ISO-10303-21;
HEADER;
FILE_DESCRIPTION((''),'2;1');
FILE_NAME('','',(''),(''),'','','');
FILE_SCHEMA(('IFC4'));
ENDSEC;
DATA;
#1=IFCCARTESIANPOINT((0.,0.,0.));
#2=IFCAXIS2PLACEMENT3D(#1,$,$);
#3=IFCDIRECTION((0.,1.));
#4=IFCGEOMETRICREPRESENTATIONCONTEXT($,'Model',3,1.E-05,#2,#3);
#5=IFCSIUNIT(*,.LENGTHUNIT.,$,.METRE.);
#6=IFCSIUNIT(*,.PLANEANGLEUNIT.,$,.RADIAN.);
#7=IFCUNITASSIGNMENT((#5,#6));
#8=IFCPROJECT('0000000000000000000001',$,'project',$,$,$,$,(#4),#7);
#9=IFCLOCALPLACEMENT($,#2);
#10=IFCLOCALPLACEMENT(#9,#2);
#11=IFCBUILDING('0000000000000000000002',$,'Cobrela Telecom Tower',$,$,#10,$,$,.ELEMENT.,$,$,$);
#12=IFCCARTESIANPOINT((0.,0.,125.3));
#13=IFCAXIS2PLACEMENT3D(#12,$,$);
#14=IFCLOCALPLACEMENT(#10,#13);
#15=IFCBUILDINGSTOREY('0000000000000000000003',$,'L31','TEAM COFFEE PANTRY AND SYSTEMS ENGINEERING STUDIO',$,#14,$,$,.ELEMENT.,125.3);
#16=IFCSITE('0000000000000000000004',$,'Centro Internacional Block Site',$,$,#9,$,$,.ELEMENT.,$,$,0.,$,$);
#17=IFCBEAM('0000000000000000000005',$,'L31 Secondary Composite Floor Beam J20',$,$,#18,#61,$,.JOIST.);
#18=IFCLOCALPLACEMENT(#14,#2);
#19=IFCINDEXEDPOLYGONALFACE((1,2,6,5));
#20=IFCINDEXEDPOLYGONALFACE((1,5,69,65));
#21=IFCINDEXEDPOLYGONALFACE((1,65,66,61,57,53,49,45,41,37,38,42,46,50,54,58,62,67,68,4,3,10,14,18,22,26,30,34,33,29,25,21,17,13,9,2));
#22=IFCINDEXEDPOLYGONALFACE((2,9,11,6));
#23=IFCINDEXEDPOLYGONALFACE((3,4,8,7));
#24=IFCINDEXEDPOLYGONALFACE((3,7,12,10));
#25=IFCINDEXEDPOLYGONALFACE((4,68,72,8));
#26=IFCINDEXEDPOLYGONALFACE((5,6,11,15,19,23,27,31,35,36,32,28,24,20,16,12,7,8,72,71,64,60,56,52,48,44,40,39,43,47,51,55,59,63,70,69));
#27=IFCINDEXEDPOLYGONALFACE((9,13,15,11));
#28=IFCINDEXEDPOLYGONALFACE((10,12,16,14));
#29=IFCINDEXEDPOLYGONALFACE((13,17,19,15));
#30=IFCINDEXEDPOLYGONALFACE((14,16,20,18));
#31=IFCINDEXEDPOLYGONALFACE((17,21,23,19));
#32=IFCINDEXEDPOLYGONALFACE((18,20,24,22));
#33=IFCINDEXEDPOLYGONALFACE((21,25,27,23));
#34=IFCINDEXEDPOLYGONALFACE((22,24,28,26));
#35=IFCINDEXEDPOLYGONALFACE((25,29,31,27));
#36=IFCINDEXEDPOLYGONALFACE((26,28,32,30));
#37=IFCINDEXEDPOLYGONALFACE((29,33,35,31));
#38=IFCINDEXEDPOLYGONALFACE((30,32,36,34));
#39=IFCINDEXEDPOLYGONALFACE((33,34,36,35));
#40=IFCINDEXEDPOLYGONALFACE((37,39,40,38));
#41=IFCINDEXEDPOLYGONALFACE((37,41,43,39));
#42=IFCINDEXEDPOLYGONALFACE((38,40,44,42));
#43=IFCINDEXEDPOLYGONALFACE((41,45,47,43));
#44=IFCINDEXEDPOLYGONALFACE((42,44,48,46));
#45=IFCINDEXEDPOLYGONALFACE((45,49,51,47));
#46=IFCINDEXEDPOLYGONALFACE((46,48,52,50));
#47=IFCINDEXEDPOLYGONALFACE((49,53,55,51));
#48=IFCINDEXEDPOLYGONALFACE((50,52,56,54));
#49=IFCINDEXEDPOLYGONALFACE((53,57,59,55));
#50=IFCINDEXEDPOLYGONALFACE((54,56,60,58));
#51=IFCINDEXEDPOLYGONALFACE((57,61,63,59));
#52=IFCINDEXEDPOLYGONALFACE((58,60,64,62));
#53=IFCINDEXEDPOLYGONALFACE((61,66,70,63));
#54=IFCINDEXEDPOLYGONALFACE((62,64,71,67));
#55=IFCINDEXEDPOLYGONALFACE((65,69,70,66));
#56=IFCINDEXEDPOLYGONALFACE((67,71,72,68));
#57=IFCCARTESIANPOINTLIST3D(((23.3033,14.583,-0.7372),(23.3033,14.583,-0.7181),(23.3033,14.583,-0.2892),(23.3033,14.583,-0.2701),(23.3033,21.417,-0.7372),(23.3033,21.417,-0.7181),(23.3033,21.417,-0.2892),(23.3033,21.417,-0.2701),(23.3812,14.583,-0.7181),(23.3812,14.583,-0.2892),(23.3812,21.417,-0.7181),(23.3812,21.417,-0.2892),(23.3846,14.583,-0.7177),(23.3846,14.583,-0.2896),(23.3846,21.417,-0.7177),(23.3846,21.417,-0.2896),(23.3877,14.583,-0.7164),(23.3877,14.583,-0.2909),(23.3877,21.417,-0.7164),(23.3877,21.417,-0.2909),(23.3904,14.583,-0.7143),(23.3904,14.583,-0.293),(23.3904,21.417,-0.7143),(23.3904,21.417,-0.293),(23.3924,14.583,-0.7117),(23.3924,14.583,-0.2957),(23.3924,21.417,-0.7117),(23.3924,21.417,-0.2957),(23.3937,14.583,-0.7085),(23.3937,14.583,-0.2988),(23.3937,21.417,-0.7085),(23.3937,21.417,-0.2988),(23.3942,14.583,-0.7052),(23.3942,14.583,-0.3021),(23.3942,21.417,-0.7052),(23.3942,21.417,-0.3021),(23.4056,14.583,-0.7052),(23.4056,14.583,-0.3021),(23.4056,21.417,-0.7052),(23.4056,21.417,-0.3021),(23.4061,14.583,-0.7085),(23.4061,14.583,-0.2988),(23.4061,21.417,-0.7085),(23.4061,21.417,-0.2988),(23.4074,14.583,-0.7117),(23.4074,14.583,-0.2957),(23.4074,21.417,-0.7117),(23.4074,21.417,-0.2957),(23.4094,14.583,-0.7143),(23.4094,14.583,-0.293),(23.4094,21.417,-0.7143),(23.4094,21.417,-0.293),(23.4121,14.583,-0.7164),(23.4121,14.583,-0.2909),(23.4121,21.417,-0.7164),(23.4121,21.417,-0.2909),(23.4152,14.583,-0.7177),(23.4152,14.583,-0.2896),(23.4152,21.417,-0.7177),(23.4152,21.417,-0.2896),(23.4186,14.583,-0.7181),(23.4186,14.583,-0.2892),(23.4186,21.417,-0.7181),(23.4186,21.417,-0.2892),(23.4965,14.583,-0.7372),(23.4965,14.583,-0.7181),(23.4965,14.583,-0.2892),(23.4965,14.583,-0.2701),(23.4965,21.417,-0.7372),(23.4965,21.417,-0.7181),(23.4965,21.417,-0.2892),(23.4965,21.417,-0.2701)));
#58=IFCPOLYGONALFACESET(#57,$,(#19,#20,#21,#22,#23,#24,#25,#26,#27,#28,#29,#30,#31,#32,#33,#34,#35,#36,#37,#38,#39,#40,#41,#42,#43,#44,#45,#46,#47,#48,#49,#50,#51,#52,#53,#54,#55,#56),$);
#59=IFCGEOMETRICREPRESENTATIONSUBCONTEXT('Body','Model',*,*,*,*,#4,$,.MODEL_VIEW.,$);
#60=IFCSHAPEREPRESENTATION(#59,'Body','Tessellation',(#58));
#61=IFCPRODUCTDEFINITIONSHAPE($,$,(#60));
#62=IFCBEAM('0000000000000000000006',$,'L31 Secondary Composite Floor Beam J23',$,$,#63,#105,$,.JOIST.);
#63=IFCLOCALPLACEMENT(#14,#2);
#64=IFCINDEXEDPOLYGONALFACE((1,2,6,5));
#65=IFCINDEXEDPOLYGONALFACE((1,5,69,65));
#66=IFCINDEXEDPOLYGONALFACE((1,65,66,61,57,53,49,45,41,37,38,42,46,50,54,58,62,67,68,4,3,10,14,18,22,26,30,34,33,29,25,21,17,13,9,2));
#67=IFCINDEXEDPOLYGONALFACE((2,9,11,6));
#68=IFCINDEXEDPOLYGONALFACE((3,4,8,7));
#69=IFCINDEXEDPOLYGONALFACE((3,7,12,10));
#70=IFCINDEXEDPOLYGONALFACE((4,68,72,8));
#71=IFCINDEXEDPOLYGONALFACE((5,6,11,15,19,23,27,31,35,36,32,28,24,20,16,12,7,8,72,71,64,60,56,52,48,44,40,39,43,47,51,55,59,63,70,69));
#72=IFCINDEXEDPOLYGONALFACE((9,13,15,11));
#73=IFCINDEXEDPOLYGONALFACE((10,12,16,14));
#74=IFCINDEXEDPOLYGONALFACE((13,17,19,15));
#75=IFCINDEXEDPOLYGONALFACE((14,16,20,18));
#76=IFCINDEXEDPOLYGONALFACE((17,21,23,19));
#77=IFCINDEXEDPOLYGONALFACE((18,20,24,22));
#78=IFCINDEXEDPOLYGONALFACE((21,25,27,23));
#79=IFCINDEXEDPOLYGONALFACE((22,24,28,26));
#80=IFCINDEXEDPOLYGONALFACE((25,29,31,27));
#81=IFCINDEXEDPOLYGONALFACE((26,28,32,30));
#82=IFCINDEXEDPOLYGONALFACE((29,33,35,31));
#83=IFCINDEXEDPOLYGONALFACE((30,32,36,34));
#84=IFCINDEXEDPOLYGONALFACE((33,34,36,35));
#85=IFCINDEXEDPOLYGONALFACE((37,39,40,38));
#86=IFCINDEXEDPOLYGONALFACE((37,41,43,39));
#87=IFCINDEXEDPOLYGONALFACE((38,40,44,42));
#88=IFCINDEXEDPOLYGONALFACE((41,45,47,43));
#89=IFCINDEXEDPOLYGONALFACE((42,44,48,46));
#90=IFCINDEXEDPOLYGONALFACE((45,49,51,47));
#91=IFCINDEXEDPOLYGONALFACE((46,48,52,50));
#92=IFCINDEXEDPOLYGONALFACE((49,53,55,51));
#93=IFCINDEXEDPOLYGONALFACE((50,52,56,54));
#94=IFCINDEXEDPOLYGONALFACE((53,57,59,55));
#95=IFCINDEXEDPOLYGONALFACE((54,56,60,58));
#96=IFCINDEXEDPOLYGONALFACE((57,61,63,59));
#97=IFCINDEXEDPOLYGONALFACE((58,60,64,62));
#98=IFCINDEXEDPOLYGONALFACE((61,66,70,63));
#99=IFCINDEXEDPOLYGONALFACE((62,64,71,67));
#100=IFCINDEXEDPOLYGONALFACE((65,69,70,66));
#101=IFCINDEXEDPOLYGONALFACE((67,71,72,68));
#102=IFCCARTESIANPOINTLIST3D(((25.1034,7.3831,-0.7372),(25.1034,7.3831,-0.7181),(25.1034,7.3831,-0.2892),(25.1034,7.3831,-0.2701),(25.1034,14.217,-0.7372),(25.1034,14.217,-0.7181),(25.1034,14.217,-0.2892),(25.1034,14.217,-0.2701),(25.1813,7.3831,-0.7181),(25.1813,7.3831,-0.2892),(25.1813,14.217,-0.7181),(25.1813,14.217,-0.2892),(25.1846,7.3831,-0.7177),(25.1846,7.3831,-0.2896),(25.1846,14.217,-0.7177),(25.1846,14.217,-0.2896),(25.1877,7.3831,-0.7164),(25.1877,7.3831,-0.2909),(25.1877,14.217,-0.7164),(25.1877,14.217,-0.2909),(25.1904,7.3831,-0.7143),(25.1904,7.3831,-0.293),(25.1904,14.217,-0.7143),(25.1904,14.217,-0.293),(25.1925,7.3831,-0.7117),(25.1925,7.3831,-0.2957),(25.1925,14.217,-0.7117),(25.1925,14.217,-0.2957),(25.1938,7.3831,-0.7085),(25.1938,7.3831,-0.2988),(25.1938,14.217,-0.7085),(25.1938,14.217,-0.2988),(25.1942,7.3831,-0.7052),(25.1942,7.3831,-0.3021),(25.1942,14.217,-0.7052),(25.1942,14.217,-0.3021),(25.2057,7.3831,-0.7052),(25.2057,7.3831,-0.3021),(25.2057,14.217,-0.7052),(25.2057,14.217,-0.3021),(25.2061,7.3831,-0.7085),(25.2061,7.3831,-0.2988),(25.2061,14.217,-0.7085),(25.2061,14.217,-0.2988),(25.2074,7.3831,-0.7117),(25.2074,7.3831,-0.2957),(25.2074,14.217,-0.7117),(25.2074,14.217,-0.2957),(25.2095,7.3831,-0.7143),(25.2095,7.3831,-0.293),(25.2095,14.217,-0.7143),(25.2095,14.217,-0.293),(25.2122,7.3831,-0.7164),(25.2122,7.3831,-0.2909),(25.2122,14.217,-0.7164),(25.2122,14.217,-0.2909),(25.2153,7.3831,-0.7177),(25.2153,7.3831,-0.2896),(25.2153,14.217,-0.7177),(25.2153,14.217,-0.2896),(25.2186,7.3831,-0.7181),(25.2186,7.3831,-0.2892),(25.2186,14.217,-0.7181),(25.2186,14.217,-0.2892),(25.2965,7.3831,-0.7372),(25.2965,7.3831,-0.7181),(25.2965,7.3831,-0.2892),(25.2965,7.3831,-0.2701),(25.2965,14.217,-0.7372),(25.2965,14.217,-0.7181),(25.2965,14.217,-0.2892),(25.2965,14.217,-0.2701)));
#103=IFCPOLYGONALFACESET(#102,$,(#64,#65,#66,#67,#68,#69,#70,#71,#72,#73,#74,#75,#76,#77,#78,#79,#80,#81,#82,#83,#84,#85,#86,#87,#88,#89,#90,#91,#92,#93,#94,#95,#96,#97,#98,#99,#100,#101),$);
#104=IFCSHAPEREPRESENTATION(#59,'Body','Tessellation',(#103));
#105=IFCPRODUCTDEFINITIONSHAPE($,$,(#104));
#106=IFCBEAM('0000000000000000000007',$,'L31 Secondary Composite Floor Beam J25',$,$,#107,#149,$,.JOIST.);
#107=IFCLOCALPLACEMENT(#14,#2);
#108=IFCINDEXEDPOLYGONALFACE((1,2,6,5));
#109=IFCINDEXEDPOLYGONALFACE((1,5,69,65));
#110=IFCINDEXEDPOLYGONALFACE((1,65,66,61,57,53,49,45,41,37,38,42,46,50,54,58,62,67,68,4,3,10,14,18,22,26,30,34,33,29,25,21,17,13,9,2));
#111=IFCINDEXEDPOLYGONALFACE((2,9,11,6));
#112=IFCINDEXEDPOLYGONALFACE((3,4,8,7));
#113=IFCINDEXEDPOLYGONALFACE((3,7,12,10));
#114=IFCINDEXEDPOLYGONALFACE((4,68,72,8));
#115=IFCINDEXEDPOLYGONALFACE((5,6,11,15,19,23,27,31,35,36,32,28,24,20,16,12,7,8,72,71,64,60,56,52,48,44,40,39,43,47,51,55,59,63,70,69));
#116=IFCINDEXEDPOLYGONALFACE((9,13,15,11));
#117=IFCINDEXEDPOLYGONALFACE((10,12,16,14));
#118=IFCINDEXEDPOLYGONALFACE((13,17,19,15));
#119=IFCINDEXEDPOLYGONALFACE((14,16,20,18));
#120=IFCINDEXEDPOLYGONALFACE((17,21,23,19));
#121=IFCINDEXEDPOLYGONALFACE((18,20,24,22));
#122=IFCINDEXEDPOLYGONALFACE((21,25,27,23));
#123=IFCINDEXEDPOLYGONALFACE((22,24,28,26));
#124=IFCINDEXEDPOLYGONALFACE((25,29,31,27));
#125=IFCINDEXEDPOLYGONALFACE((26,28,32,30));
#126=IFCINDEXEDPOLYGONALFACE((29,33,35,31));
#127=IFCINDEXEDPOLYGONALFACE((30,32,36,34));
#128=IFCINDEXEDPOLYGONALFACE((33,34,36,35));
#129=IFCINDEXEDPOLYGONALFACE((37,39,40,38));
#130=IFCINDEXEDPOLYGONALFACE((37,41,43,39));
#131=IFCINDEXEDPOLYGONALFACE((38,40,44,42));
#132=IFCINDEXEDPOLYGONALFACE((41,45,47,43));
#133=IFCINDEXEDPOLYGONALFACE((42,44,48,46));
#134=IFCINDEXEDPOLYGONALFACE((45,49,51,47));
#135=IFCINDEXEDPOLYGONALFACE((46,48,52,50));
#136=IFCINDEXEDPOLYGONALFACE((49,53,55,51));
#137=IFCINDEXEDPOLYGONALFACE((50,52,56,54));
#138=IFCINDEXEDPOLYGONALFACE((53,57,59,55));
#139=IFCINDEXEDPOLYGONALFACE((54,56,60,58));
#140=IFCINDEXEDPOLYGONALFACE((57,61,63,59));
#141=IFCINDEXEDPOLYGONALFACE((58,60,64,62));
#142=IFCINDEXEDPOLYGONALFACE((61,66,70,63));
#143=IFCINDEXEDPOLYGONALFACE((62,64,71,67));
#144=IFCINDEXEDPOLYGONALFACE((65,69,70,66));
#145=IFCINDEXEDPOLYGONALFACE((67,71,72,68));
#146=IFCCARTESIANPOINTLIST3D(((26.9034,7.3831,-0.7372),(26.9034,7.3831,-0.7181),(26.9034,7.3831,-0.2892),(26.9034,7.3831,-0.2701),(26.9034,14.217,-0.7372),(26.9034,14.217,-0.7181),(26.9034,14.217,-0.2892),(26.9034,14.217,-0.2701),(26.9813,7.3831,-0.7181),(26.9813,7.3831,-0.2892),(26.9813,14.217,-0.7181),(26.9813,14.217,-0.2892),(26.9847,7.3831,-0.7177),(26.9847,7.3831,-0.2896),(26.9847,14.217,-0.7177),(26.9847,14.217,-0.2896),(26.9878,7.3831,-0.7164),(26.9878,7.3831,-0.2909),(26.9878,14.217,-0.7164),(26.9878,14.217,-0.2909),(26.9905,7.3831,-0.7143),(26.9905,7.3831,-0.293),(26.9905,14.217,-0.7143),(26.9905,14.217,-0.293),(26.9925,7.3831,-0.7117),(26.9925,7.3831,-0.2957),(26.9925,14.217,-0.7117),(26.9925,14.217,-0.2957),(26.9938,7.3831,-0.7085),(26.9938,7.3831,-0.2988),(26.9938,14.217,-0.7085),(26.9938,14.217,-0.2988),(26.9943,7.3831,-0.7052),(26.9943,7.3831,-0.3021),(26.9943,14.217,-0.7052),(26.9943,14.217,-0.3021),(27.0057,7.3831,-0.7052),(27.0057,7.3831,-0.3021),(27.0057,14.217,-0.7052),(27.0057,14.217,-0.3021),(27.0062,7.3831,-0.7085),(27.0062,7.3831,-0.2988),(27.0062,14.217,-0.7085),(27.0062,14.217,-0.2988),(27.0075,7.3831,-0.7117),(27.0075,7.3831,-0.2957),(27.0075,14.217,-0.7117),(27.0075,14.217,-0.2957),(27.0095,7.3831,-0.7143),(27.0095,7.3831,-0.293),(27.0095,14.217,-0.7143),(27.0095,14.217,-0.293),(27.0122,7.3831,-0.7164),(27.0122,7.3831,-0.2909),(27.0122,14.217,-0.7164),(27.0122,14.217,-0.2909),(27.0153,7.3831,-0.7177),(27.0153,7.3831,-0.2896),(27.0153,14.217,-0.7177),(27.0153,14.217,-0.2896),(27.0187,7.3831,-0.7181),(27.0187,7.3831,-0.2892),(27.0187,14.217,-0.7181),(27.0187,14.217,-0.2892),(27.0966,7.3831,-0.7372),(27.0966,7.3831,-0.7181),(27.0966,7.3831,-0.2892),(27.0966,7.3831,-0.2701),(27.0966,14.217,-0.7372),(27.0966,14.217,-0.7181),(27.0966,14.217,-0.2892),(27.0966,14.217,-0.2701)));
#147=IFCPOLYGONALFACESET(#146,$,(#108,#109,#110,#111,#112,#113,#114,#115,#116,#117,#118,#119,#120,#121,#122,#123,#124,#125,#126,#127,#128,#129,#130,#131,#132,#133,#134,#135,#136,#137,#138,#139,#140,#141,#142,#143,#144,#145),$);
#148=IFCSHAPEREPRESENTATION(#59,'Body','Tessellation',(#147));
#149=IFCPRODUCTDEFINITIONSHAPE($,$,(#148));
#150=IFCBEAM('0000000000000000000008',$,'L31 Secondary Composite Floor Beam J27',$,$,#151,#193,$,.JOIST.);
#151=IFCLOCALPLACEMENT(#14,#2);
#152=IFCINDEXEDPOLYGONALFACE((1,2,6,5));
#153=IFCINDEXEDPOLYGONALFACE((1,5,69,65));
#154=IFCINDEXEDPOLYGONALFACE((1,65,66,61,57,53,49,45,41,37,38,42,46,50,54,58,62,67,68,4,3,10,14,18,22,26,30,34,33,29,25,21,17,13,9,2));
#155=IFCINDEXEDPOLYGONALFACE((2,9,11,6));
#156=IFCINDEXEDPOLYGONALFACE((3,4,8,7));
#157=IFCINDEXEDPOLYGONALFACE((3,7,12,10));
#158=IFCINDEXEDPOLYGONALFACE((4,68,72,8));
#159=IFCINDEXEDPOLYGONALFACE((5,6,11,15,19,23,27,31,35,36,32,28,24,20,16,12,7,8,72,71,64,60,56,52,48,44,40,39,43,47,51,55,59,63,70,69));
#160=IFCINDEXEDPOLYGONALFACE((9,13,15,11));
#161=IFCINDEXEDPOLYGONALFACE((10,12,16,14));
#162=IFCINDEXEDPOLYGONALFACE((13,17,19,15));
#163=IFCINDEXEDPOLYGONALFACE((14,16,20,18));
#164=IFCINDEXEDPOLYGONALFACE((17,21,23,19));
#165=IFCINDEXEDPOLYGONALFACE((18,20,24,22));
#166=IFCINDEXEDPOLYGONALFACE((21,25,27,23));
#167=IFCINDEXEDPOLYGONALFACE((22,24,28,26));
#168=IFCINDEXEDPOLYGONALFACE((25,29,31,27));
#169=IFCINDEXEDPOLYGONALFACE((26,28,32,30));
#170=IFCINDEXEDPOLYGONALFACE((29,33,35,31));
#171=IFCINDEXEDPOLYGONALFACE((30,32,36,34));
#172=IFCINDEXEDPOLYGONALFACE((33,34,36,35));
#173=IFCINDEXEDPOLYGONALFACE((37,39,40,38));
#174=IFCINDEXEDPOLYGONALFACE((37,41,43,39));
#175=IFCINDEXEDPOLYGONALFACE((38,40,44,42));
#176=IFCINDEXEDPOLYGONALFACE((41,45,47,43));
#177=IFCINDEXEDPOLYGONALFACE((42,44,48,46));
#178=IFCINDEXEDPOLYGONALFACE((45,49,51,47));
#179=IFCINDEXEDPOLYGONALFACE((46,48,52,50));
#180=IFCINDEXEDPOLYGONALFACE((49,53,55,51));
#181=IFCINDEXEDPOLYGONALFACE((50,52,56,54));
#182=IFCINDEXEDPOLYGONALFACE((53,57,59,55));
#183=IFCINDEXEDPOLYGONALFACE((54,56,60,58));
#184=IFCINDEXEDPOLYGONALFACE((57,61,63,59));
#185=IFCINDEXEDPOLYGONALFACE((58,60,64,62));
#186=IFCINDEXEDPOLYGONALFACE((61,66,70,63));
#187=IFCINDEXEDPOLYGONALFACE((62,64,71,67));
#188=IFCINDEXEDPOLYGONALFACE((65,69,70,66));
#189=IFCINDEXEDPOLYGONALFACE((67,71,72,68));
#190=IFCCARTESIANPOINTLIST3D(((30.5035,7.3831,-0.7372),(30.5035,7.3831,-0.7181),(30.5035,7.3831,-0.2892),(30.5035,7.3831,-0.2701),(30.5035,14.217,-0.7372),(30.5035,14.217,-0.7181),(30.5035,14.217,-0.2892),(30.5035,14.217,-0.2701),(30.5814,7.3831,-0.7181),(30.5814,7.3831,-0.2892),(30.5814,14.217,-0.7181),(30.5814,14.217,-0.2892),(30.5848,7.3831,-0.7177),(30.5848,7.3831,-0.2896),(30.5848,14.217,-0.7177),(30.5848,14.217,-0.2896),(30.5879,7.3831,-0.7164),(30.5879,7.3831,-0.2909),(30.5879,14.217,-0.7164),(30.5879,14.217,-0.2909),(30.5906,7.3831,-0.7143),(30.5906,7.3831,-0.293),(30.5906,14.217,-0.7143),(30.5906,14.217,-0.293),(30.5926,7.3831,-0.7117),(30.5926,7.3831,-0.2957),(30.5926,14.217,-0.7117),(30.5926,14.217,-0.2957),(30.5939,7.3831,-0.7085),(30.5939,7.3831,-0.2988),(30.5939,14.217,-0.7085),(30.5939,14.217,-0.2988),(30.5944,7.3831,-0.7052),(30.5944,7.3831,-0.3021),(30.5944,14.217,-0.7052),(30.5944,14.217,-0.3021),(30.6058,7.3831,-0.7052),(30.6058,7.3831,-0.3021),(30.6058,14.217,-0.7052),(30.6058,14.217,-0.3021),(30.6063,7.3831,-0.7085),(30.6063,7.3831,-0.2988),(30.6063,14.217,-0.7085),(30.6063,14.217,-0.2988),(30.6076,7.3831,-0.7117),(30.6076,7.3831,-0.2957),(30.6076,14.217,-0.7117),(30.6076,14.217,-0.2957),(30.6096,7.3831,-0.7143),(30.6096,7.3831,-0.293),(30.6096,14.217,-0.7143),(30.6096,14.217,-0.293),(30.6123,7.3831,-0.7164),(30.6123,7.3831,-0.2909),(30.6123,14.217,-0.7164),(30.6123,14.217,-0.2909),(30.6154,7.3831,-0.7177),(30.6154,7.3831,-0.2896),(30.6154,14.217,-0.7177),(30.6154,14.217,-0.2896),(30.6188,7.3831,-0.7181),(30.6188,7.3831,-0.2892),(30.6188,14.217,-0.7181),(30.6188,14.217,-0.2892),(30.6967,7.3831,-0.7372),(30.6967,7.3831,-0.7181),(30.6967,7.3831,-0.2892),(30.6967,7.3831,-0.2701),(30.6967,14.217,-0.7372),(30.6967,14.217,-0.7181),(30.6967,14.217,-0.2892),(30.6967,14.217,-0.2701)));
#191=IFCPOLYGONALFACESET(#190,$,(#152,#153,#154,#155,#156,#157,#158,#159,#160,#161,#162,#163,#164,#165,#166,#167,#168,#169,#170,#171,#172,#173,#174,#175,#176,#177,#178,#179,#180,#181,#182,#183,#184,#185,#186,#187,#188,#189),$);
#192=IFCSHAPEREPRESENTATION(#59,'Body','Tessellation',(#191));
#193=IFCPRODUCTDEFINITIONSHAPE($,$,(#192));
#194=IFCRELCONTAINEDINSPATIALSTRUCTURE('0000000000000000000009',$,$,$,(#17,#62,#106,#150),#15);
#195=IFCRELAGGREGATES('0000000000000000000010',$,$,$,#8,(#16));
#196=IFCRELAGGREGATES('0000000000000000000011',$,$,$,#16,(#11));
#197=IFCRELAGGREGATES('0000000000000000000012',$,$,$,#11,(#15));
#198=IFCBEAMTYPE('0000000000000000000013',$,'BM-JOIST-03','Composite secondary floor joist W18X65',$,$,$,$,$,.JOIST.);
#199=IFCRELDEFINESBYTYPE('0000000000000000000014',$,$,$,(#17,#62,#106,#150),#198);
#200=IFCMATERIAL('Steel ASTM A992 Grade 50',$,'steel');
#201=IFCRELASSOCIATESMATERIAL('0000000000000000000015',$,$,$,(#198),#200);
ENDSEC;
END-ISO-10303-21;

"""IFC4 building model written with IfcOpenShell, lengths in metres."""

from ifc_helpers import new_model, si_unit, direction, frame, origin, origin_2d, place, context, subcontext, project, spatial, i_section, extrude, material, material_profile, profile_set, type_object, element, save


model = new_model("IFC4")

# Units and contexts
model_context = context("Model", 3, precision=1e-05, world=origin(), true_north=direction((0.0, 1.0)))
body_context = subcontext(model_context, "Body", "Model", "MODEL_VIEW")
ifc_project = project(units=[si_unit("LENGTHUNIT", "METRE"), si_unit("PLANEANGLEUNIT", "RADIAN")], contexts=[model_context])

# Site, building, storey
site_placement = place(None, origin())
site = spatial("IfcSite", under=ifc_project, at=site_placement, Name="Centro Internacional Block Site", CompositionType="ELEMENT", RefElevation=0.0)
building_placement = place(site_placement, origin())
building = spatial("IfcBuilding", under=site, at=building_placement, Name="Cobrela Telecom Tower", CompositionType="ELEMENT")
storey_placement = place(building_placement, frame((0.0, 0.0, 125.3)))
storey = spatial("IfcBuildingStorey", under=building, at=storey_placement, Name="L31", Description="TEAM COFFEE PANTRY AND SYSTEMS ENGINEERING STUDIO", CompositionType="ELEMENT", Elevation=125.3)

# Shared definitions
ifc_material_1 = material(Name="Steel ASTM A992 Grade 50", Category="steel")

# Beams
ifc_material_profile_1 = material_profile(ifc_material_1, i_section(OverallWidth=0.1931, OverallDepth=0.467, WebThickness=0.0115, FlangeThickness=0.019, FilletRadius=0.0129, at=origin_2d()), Name="W18X65")
ifc_profile_set_1 = profile_set([ifc_material_profile_1], Name="Steel ASTM A992 Grade 50")
beam_type_1 = type_object("IfcBeamType", Name="BM-JOIST-03", Description="Composite secondary floor joist W18X65", PredefinedType="JOIST", material=ifc_profile_set_1)
for number, where, z_axis, x_axis, name in (
    (1, (23.3999, 14.583, -0.5037), (0.0, 1.0, 0.0), (-1.0, 0.0, 0.0), "L31 Secondary Composite Floor Beam J20"),
    (2, (25.2, 7.3831, -0.5037), (0.0, 1.0, 0.0), (-1.0, 0.0, 0.0), "L31 Secondary Composite Floor Beam J23"),
    (3, (27.0, 7.3831, -0.5037), (0.0, 1.0, 0.0), (-1.0, 0.0, 0.0), "L31 Secondary Composite Floor Beam J25"),
    (4, (30.6001, 7.3831, -0.5037), (0.0, 1.0, 0.0), (-1.0, 0.0, 0.0), "L31 Secondary Composite Floor Beam J27"),
):
    element("IfcBeam", number, at=place(storey_placement, frame(where, z_axis=z_axis, x_axis=x_axis)), inside=storey, type_object=beam_type_1, Name=name, PredefinedType="JOIST", context=body_context, shape_type="SweptSolid", body=[
        extrude(i_section(OverallWidth=0.1931, OverallDepth=0.467, WebThickness=0.0115, FlangeThickness=0.019, FilletRadius=0.0129, at=origin_2d()), origin(), (0.0, 0.0, 1.0), 6.834),
    ])

save(model, "model.ifc")
